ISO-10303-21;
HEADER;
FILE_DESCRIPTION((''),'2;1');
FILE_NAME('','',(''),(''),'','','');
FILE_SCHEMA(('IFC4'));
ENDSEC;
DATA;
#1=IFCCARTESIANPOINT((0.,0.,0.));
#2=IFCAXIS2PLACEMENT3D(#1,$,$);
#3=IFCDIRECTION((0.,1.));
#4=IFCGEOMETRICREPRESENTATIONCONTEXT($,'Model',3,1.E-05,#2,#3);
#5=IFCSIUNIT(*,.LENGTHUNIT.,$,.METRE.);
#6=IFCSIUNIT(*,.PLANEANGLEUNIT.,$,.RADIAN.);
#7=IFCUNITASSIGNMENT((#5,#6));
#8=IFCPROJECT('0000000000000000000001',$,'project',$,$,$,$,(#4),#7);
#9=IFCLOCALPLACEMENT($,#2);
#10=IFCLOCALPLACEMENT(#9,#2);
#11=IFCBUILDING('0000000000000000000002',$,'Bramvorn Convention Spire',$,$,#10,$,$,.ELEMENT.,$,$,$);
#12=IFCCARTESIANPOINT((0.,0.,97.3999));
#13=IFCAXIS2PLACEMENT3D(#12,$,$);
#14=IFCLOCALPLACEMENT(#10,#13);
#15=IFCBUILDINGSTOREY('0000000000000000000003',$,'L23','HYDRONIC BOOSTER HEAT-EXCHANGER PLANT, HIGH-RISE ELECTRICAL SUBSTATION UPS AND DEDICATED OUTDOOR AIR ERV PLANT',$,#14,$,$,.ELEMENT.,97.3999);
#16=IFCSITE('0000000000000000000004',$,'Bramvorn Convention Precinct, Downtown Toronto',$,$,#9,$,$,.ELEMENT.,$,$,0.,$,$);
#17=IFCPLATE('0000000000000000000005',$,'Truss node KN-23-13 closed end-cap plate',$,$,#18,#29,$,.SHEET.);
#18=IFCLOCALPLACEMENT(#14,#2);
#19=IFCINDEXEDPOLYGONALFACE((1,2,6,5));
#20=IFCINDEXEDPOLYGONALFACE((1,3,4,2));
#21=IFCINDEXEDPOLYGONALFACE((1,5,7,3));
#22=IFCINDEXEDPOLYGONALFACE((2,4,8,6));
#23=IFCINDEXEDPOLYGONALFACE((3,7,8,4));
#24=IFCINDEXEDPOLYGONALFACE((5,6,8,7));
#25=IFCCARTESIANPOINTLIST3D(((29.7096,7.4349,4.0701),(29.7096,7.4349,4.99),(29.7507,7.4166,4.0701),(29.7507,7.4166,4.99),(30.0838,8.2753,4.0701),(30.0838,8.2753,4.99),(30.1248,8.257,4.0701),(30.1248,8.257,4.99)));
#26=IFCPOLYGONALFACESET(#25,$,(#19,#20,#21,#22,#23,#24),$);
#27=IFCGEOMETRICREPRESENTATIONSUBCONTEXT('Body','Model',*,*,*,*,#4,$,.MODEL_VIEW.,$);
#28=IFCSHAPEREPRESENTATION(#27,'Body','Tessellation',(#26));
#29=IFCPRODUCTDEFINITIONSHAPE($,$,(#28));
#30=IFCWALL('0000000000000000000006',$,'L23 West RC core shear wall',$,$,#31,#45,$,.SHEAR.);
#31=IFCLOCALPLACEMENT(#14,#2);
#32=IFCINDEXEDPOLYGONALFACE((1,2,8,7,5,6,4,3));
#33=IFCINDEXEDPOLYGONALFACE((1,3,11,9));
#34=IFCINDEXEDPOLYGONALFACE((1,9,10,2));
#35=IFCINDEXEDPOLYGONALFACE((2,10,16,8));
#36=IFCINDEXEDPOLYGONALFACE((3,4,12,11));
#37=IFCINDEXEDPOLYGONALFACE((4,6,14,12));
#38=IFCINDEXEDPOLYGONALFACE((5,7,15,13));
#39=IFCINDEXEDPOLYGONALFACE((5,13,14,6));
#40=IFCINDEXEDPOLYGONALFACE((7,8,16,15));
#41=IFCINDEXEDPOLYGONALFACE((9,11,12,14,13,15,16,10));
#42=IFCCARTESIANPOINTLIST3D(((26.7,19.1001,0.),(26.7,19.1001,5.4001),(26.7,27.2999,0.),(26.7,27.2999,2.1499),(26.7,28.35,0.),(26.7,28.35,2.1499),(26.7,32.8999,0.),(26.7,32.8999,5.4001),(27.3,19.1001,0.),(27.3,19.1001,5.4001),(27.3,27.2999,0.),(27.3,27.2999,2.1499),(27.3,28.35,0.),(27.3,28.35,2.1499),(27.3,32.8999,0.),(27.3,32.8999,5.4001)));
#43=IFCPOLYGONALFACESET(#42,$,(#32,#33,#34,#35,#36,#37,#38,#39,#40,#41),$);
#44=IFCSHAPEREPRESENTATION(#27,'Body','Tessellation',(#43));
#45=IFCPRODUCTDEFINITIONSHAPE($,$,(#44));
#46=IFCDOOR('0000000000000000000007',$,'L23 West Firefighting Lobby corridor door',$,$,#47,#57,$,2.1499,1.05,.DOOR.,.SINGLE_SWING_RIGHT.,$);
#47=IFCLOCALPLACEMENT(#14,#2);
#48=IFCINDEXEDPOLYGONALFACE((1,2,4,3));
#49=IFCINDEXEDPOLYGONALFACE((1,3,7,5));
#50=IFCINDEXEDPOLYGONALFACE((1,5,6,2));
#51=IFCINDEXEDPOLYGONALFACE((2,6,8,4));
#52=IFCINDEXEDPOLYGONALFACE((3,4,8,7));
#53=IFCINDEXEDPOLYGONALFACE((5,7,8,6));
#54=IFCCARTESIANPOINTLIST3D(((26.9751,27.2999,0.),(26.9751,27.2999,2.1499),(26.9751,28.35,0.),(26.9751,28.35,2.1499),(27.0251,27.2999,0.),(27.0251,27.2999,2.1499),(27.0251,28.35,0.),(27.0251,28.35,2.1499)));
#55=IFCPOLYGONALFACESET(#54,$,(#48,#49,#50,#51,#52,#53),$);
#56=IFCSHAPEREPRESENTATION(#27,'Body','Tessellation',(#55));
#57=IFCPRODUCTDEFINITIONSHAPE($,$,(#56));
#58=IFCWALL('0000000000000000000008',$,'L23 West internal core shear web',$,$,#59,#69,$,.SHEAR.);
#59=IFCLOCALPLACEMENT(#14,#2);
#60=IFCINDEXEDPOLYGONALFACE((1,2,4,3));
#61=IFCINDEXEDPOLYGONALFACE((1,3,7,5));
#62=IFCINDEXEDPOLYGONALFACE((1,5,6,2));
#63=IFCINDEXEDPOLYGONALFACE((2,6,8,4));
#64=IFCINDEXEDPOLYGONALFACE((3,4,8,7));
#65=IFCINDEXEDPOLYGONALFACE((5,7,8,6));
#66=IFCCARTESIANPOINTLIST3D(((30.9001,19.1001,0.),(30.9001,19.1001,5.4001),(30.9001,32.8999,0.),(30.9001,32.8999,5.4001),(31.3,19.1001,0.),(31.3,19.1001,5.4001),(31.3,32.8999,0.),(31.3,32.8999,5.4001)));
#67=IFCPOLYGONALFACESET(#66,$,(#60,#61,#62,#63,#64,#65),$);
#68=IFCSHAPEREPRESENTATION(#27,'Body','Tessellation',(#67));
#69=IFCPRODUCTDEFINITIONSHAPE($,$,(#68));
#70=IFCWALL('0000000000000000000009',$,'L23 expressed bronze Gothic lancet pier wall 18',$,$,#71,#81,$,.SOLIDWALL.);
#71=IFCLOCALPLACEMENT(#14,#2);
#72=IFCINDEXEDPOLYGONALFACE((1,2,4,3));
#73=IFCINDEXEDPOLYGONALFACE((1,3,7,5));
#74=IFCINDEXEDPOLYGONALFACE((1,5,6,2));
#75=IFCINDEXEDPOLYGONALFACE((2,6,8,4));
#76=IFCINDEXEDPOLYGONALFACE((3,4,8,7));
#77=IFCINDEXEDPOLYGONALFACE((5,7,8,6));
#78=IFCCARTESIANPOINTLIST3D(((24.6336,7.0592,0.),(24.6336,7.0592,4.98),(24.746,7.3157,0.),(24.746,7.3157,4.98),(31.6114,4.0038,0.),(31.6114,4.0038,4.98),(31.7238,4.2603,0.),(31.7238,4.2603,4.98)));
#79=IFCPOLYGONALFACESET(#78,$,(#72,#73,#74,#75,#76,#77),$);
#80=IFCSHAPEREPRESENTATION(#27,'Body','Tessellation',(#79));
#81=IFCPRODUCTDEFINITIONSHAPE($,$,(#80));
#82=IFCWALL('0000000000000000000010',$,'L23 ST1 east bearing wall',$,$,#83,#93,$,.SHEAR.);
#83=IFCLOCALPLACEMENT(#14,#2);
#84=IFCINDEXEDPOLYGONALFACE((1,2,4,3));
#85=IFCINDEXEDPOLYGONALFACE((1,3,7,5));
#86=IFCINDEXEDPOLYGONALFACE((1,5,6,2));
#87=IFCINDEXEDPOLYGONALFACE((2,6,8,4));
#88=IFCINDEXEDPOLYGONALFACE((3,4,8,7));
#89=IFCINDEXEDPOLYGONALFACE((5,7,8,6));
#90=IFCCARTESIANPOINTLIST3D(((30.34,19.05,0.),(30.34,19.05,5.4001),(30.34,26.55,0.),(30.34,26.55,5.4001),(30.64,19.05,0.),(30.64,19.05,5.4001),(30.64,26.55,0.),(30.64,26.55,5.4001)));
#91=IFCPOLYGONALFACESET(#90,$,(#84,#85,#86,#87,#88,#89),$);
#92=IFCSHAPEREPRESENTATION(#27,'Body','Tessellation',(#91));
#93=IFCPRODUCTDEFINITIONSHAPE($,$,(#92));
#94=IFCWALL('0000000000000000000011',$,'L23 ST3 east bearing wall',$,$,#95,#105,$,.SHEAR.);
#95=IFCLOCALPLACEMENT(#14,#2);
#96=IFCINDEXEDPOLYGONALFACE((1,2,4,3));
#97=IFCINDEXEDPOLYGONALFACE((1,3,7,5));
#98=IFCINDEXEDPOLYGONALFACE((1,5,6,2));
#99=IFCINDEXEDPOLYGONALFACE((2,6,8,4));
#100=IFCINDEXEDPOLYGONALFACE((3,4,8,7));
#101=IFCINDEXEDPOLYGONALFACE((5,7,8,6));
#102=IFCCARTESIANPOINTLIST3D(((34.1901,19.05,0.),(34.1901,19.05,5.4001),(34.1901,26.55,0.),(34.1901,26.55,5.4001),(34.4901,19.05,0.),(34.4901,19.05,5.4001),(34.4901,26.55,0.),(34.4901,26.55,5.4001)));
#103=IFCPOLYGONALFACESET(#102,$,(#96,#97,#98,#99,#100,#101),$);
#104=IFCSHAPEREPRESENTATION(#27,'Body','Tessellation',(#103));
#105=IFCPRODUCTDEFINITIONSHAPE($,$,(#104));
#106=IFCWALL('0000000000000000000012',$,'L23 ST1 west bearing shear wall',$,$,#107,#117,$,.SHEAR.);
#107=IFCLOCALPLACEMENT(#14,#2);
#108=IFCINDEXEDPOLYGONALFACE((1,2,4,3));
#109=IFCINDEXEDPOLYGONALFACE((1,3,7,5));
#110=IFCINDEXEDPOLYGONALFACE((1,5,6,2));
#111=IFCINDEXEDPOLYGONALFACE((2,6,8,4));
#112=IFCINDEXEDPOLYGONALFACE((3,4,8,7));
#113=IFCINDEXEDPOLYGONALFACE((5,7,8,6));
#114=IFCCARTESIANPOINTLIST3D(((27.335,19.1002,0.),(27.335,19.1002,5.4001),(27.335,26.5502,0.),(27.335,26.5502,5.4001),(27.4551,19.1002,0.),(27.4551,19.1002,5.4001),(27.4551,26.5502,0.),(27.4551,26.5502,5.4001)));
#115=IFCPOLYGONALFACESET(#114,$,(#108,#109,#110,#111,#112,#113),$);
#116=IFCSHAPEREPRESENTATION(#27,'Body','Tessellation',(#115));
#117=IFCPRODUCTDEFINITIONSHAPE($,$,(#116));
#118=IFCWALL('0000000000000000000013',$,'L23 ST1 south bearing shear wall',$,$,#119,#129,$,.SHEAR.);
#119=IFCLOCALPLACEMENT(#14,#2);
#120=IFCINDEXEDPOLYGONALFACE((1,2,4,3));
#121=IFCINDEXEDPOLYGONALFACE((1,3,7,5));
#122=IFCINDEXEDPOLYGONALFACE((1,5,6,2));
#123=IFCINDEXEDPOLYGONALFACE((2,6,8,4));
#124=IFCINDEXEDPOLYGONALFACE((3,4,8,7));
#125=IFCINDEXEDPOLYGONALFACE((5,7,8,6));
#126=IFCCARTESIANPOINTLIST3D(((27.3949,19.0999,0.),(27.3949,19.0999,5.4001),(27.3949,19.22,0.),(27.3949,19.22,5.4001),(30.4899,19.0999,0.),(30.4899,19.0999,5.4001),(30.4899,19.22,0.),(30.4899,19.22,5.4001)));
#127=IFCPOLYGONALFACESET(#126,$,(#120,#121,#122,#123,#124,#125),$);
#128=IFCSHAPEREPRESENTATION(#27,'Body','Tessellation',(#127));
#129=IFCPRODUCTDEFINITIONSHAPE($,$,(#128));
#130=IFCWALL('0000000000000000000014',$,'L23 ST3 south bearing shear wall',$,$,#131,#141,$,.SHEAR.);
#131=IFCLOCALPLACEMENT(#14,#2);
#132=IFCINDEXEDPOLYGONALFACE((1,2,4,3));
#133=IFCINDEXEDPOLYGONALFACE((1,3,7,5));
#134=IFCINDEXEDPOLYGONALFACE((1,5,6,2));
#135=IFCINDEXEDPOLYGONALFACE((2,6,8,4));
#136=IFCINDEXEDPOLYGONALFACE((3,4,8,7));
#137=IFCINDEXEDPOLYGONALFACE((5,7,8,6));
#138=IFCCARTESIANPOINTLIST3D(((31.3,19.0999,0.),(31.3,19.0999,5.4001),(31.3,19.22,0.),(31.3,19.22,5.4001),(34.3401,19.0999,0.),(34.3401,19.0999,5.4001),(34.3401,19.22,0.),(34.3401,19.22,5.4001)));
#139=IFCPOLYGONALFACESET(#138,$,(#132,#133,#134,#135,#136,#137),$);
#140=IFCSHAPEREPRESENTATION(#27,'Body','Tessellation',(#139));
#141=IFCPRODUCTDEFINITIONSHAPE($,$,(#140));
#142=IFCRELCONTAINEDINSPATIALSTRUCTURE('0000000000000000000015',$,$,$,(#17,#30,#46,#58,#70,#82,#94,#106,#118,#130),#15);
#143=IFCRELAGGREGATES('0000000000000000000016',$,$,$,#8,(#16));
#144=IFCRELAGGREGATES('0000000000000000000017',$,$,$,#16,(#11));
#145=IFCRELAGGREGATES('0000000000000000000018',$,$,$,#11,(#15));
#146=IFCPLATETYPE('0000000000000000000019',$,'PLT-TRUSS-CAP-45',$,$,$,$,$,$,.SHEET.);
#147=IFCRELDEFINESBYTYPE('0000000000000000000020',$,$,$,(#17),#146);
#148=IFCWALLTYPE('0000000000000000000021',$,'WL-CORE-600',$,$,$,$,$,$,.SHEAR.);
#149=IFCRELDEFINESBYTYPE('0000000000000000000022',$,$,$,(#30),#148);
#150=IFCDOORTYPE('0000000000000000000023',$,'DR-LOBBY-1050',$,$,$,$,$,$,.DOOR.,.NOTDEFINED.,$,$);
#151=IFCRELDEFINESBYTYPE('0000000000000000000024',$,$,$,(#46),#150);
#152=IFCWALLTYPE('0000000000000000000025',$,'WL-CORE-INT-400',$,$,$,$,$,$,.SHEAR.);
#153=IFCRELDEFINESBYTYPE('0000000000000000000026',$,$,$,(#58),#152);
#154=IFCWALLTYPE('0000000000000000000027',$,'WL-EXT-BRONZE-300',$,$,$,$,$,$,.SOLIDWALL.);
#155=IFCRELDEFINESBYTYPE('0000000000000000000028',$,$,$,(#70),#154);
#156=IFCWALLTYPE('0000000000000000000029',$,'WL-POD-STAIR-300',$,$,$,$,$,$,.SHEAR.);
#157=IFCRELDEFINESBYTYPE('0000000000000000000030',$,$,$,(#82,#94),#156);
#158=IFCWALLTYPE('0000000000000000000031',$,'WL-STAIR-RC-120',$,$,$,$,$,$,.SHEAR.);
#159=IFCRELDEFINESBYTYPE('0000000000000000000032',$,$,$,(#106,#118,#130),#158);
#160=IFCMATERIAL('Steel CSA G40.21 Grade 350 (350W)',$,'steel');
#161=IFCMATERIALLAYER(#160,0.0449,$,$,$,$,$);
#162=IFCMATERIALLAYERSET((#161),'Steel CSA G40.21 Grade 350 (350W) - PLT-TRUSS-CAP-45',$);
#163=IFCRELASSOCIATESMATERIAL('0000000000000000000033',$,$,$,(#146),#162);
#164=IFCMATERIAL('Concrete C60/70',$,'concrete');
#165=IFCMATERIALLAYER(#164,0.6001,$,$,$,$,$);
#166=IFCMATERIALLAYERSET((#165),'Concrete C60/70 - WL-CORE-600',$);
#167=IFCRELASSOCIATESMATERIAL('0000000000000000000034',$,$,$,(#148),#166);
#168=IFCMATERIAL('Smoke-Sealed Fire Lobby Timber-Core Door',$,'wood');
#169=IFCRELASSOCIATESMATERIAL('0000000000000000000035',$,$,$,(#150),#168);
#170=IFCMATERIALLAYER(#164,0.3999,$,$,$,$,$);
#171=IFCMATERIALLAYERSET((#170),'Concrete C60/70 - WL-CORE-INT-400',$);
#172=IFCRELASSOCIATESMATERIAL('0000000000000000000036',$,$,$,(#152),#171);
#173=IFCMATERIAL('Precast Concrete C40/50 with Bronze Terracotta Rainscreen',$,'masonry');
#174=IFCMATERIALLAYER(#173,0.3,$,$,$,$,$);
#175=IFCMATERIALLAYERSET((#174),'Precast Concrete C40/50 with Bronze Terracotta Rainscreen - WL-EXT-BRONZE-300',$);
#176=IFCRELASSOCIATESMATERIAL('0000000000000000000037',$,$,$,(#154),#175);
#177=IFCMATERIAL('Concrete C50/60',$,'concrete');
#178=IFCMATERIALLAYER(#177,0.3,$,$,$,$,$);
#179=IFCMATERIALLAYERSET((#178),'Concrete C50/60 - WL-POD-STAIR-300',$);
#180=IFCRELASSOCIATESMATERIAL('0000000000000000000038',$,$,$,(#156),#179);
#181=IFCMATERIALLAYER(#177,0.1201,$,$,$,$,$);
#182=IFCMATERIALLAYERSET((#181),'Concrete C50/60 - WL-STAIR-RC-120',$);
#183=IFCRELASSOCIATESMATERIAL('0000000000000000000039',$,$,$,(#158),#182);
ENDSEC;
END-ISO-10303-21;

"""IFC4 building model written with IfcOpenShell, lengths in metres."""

from ifc_helpers import new_model, si_unit, direction, frame, frame_2d, origin, origin_2d, place, context, subcontext, project, spatial, rectangle, extrude, material, layer, layer_set, type_object, element, fill, save


model = new_model("IFC4")

# Units and contexts
model_context = context("Model", 3, precision=1e-05, world=origin(), true_north=direction((0.0, 1.0)))
body_context = subcontext(model_context, "Body", "Model", "MODEL_VIEW")
ifc_project = project(units=[si_unit("LENGTHUNIT", "METRE"), si_unit("PLANEANGLEUNIT", "RADIAN")], contexts=[model_context])

# Site, building, storey
site_placement = place(None, origin())
site = spatial("IfcSite", under=ifc_project, at=site_placement, Name="Bramvorn Convention Precinct, Downtown Toronto", CompositionType="ELEMENT", RefElevation=0.0)
building_placement = place(site_placement, origin())
building = spatial("IfcBuilding", under=site, at=building_placement, Name="Bramvorn Convention Spire", CompositionType="ELEMENT")
storey_placement = place(building_placement, frame((0.0, 0.0, 97.3999)))
storey = spatial("IfcBuildingStorey", under=building, at=storey_placement, Name="L23", Description="HYDRONIC BOOSTER HEAT-EXCHANGER PLANT, HIGH-RISE ELECTRICAL SUBSTATION UPS AND DEDICATED OUTDOOR AIR ERV PLANT", CompositionType="ELEMENT", Elevation=97.3999)

# Shared definitions
ifc_material_1 = material(Name="Steel CSA G40.21 Grade 350 (350W)", Category="steel")

# Plate
ifc_layer_1 = layer(ifc_material_1, 0.0449)
ifc_layer_set_1 = layer_set([ifc_layer_1], Name="Steel CSA G40.21 Grade 350 (350W) - PLT-TRUSS-CAP-45")
plate_type = type_object("IfcPlateType", Name="PLT-TRUSS-CAP-45", PredefinedType="SHEET", material=ifc_layer_set_1)
plate_placement = place(storey_placement, frame((29.9172, 7.8459, 4.0701), z_axis=(0.0, 0.0, 1.0), x_axis=(-0.406737, -0.913545, 0.0)))
element("IfcPlate", 1, at=plate_placement, inside=storey, type_object=plate_type, Name="Truss node KN-23-13 closed end-cap plate", PredefinedType="SHEET", context=body_context, shape_type="SweptSolid", body=[
    extrude(rectangle(XDim=0.9199, YDim=0.0449, at=origin_2d()), origin(), (0.0, 0.0, 1.0), 0.9199),
])

# Wall, opening, door
ifc_material_2 = material(Name="Concrete C60/70", Category="concrete")
ifc_layer_2 = layer(ifc_material_2, 0.6001)
ifc_layer_set_2 = layer_set([ifc_layer_2], Name="Concrete C60/70 - WL-CORE-600")
wall_type_1 = type_object("IfcWallType", Name="WL-CORE-600", PredefinedType="SHEAR", material=ifc_layer_set_2)
wall_1_placement = place(storey_placement, frame((27.0, 19.1001, 0.0), z_axis=(0.0, 0.0, 1.0), x_axis=(0.0, 1.0, 0.0)))
wall_1 = element("IfcWall", 2, at=wall_1_placement, inside=storey, type_object=wall_type_1, Name="L23 West RC core shear wall", PredefinedType="SHEAR", context=body_context, shape_type="SweptSolid", body=[
    extrude(rectangle(XDim=13.7998, YDim=0.6001, at=frame_2d((6.8999, 0.0))), origin(), (0.0, 0.0, 1.0), 5.4001),
])
opening_placement = place(wall_1_placement, frame((8.2, 0.0, 0.0)))
opening = element("IfcOpeningElement", 3, at=opening_placement, cuts=wall_1, PredefinedType="OPENING", context=body_context, shape_type="SweptSolid", body=[
    extrude(rectangle(XDim=1.05, YDim=2.1499, at=frame_2d((0.5249, 1.075))), frame((0.0, 0.3101, 0.0), z_axis=(0.0, -1.0, 0.0), x_axis=(1.0, 0.0, 0.0)), (0.0, 0.0, 1.0), 0.6201),
])
ifc_material_3 = material(Name="Smoke-Sealed Fire Lobby Timber-Core Door", Category="wood")
door_type = type_object("IfcDoorType", Name="DR-LOBBY-1050", OperationType="NOTDEFINED", PredefinedType="DOOR", material=ifc_material_3)
door_placement = place(opening_placement, origin())
door = element("IfcDoor", 4, at=door_placement, inside=storey, type_object=door_type, Name="L23 West Firefighting Lobby corridor door", OperationType="SINGLE_SWING_RIGHT", OverallHeight=2.1499, OverallWidth=1.05, PredefinedType="DOOR", context=body_context, shape_type="SweptSolid", body=[
    extrude(rectangle(XDim=1.05, YDim=2.1499, at=frame_2d((0.5249, 1.075))), frame((0.0, 0.0249, 0.0), z_axis=(0.0, -1.0, 0.0), x_axis=(1.0, 0.0, 0.0)), (0.0, 0.0, 1.0), 0.05),
])
fill(opening, door)

# Walls
ifc_layer_3 = layer(ifc_material_2, 0.3999)
ifc_layer_set_3 = layer_set([ifc_layer_3], Name="Concrete C60/70 - WL-CORE-INT-400")
wall_type_2 = type_object("IfcWallType", Name="WL-CORE-INT-400", PredefinedType="SHEAR", material=ifc_layer_set_3)
wall_2_placement = place(storey_placement, frame((31.1001, 19.1001, 0.0), z_axis=(0.0, 0.0, 1.0), x_axis=(0.0, 1.0, 0.0)))
element("IfcWall", 5, at=wall_2_placement, inside=storey, type_object=wall_type_2, Name="L23 West internal core shear web", PredefinedType="SHEAR", context=body_context, shape_type="SweptSolid", body=[
    extrude(rectangle(XDim=13.7998, YDim=0.3999, at=frame_2d((6.8999, 0.0))), origin(), (0.0, 0.0, 1.0), 5.4001),
])
ifc_material_4 = material(Name="Precast Concrete C40/50 with Bronze Terracotta Rainscreen", Category="masonry")
ifc_layer_4 = layer(ifc_material_4, 0.3)
ifc_layer_set_4 = layer_set([ifc_layer_4], Name="Precast Concrete C40/50 with Bronze Terracotta Rainscreen - WL-EXT-BRONZE-300")
wall_type_3 = type_object("IfcWallType", Name="WL-EXT-BRONZE-300", PredefinedType="SOLIDWALL", material=ifc_layer_set_4)
wall_3_placement = place(storey_placement, frame((31.6675, 4.1321, 0.0), z_axis=(0.0, 0.0, 1.0), x_axis=(-0.91603, 0.40111, 0.0)))
element("IfcWall", 6, at=wall_3_placement, inside=storey, type_object=wall_type_3, Name="L23 expressed bronze Gothic lancet pier wall 18", PredefinedType="SOLIDWALL", context=body_context, shape_type="SweptSolid", body=[
    extrude(rectangle(XDim=7.6174, YDim=0.28, at=frame_2d((3.8086, 0.0))), origin(), (0.0, 0.0, 1.0), 4.98),
])
ifc_material_5 = material(Name="Concrete C50/60", Category="concrete")
ifc_layer_5 = layer(ifc_material_5, 0.3)
ifc_layer_set_5 = layer_set([ifc_layer_5], Name="Concrete C50/60 - WL-POD-STAIR-300")
wall_type_4 = type_object("IfcWallType", Name="WL-POD-STAIR-300", PredefinedType="SHEAR", material=ifc_layer_set_5)
for number, where, z_axis, x_axis, name in (
    (7, (30.49, 19.05, 0.0), (0.0, 0.0, 1.0), (0.0, 1.0, 0.0), "L23 ST1 east bearing wall"),
    (8, (34.3401, 19.05, 0.0), (0.0, 0.0, 1.0), (0.0, 1.0, 0.0), "L23 ST3 east bearing wall"),
):
    element("IfcWall", number, at=place(storey_placement, frame(where, z_axis=z_axis, x_axis=x_axis)), inside=storey, type_object=wall_type_4, Name=name, PredefinedType="SHEAR", context=body_context, shape_type="SweptSolid", body=[
        extrude(rectangle(XDim=7.5, YDim=0.3, at=frame_2d((3.75, 0.0))), origin(), (0.0, 0.0, 1.0), 5.4001),
    ])
ifc_layer_6 = layer(ifc_material_5, 0.1201)
ifc_layer_set_6 = layer_set([ifc_layer_6], Name="Concrete C50/60 - WL-STAIR-RC-120")
wall_type_5 = type_object("IfcWallType", Name="WL-STAIR-RC-120", PredefinedType="SHEAR", material=ifc_layer_set_6)
wall_4_placement = place(storey_placement, frame((27.395, 19.1001, 0.0), z_axis=(0.0, 0.0, 1.0), x_axis=(0.0, 1.0, 0.0)))
element("IfcWall", 9, at=wall_4_placement, inside=storey, type_object=wall_type_5, Name="L23 ST1 west bearing shear wall", PredefinedType="SHEAR", context=body_context, shape_type="SweptSolid", body=[
    extrude(rectangle(XDim=7.45, YDim=0.1201, at=frame_2d((3.7251, 0.0))), origin(), (0.0, 0.0, 1.0), 5.4001),
])
wall_5_placement = place(storey_placement, frame((27.395, 19.1599, 0.0), z_axis=(0.0, 0.0, 1.0), x_axis=(1.0, 0.0, 0.0)))
element("IfcWall", 10, at=wall_5_placement, inside=storey, type_object=wall_type_5, Name="L23 ST1 south bearing shear wall", PredefinedType="SHEAR", context=body_context, shape_type="SweptSolid", body=[
    extrude(rectangle(XDim=3.095, YDim=0.1201, at=frame_2d((1.5474, 0.0))), origin(), (0.0, 0.0, 1.0), 5.4001),
])
wall_6_placement = place(storey_placement, frame((31.3, 19.1599, 0.0), z_axis=(0.0, 0.0, 1.0), x_axis=(1.0, 0.0, 0.0)))
element("IfcWall", 11, at=wall_6_placement, inside=storey, type_object=wall_type_5, Name="L23 ST3 south bearing shear wall", PredefinedType="SHEAR", context=body_context, shape_type="SweptSolid", body=[
    extrude(rectangle(XDim=3.04, YDim=0.1201, at=frame_2d((1.52, 0.0))), origin(), (0.0, 0.0, 1.0), 5.4001),
])

save(model, "model.ifc")
